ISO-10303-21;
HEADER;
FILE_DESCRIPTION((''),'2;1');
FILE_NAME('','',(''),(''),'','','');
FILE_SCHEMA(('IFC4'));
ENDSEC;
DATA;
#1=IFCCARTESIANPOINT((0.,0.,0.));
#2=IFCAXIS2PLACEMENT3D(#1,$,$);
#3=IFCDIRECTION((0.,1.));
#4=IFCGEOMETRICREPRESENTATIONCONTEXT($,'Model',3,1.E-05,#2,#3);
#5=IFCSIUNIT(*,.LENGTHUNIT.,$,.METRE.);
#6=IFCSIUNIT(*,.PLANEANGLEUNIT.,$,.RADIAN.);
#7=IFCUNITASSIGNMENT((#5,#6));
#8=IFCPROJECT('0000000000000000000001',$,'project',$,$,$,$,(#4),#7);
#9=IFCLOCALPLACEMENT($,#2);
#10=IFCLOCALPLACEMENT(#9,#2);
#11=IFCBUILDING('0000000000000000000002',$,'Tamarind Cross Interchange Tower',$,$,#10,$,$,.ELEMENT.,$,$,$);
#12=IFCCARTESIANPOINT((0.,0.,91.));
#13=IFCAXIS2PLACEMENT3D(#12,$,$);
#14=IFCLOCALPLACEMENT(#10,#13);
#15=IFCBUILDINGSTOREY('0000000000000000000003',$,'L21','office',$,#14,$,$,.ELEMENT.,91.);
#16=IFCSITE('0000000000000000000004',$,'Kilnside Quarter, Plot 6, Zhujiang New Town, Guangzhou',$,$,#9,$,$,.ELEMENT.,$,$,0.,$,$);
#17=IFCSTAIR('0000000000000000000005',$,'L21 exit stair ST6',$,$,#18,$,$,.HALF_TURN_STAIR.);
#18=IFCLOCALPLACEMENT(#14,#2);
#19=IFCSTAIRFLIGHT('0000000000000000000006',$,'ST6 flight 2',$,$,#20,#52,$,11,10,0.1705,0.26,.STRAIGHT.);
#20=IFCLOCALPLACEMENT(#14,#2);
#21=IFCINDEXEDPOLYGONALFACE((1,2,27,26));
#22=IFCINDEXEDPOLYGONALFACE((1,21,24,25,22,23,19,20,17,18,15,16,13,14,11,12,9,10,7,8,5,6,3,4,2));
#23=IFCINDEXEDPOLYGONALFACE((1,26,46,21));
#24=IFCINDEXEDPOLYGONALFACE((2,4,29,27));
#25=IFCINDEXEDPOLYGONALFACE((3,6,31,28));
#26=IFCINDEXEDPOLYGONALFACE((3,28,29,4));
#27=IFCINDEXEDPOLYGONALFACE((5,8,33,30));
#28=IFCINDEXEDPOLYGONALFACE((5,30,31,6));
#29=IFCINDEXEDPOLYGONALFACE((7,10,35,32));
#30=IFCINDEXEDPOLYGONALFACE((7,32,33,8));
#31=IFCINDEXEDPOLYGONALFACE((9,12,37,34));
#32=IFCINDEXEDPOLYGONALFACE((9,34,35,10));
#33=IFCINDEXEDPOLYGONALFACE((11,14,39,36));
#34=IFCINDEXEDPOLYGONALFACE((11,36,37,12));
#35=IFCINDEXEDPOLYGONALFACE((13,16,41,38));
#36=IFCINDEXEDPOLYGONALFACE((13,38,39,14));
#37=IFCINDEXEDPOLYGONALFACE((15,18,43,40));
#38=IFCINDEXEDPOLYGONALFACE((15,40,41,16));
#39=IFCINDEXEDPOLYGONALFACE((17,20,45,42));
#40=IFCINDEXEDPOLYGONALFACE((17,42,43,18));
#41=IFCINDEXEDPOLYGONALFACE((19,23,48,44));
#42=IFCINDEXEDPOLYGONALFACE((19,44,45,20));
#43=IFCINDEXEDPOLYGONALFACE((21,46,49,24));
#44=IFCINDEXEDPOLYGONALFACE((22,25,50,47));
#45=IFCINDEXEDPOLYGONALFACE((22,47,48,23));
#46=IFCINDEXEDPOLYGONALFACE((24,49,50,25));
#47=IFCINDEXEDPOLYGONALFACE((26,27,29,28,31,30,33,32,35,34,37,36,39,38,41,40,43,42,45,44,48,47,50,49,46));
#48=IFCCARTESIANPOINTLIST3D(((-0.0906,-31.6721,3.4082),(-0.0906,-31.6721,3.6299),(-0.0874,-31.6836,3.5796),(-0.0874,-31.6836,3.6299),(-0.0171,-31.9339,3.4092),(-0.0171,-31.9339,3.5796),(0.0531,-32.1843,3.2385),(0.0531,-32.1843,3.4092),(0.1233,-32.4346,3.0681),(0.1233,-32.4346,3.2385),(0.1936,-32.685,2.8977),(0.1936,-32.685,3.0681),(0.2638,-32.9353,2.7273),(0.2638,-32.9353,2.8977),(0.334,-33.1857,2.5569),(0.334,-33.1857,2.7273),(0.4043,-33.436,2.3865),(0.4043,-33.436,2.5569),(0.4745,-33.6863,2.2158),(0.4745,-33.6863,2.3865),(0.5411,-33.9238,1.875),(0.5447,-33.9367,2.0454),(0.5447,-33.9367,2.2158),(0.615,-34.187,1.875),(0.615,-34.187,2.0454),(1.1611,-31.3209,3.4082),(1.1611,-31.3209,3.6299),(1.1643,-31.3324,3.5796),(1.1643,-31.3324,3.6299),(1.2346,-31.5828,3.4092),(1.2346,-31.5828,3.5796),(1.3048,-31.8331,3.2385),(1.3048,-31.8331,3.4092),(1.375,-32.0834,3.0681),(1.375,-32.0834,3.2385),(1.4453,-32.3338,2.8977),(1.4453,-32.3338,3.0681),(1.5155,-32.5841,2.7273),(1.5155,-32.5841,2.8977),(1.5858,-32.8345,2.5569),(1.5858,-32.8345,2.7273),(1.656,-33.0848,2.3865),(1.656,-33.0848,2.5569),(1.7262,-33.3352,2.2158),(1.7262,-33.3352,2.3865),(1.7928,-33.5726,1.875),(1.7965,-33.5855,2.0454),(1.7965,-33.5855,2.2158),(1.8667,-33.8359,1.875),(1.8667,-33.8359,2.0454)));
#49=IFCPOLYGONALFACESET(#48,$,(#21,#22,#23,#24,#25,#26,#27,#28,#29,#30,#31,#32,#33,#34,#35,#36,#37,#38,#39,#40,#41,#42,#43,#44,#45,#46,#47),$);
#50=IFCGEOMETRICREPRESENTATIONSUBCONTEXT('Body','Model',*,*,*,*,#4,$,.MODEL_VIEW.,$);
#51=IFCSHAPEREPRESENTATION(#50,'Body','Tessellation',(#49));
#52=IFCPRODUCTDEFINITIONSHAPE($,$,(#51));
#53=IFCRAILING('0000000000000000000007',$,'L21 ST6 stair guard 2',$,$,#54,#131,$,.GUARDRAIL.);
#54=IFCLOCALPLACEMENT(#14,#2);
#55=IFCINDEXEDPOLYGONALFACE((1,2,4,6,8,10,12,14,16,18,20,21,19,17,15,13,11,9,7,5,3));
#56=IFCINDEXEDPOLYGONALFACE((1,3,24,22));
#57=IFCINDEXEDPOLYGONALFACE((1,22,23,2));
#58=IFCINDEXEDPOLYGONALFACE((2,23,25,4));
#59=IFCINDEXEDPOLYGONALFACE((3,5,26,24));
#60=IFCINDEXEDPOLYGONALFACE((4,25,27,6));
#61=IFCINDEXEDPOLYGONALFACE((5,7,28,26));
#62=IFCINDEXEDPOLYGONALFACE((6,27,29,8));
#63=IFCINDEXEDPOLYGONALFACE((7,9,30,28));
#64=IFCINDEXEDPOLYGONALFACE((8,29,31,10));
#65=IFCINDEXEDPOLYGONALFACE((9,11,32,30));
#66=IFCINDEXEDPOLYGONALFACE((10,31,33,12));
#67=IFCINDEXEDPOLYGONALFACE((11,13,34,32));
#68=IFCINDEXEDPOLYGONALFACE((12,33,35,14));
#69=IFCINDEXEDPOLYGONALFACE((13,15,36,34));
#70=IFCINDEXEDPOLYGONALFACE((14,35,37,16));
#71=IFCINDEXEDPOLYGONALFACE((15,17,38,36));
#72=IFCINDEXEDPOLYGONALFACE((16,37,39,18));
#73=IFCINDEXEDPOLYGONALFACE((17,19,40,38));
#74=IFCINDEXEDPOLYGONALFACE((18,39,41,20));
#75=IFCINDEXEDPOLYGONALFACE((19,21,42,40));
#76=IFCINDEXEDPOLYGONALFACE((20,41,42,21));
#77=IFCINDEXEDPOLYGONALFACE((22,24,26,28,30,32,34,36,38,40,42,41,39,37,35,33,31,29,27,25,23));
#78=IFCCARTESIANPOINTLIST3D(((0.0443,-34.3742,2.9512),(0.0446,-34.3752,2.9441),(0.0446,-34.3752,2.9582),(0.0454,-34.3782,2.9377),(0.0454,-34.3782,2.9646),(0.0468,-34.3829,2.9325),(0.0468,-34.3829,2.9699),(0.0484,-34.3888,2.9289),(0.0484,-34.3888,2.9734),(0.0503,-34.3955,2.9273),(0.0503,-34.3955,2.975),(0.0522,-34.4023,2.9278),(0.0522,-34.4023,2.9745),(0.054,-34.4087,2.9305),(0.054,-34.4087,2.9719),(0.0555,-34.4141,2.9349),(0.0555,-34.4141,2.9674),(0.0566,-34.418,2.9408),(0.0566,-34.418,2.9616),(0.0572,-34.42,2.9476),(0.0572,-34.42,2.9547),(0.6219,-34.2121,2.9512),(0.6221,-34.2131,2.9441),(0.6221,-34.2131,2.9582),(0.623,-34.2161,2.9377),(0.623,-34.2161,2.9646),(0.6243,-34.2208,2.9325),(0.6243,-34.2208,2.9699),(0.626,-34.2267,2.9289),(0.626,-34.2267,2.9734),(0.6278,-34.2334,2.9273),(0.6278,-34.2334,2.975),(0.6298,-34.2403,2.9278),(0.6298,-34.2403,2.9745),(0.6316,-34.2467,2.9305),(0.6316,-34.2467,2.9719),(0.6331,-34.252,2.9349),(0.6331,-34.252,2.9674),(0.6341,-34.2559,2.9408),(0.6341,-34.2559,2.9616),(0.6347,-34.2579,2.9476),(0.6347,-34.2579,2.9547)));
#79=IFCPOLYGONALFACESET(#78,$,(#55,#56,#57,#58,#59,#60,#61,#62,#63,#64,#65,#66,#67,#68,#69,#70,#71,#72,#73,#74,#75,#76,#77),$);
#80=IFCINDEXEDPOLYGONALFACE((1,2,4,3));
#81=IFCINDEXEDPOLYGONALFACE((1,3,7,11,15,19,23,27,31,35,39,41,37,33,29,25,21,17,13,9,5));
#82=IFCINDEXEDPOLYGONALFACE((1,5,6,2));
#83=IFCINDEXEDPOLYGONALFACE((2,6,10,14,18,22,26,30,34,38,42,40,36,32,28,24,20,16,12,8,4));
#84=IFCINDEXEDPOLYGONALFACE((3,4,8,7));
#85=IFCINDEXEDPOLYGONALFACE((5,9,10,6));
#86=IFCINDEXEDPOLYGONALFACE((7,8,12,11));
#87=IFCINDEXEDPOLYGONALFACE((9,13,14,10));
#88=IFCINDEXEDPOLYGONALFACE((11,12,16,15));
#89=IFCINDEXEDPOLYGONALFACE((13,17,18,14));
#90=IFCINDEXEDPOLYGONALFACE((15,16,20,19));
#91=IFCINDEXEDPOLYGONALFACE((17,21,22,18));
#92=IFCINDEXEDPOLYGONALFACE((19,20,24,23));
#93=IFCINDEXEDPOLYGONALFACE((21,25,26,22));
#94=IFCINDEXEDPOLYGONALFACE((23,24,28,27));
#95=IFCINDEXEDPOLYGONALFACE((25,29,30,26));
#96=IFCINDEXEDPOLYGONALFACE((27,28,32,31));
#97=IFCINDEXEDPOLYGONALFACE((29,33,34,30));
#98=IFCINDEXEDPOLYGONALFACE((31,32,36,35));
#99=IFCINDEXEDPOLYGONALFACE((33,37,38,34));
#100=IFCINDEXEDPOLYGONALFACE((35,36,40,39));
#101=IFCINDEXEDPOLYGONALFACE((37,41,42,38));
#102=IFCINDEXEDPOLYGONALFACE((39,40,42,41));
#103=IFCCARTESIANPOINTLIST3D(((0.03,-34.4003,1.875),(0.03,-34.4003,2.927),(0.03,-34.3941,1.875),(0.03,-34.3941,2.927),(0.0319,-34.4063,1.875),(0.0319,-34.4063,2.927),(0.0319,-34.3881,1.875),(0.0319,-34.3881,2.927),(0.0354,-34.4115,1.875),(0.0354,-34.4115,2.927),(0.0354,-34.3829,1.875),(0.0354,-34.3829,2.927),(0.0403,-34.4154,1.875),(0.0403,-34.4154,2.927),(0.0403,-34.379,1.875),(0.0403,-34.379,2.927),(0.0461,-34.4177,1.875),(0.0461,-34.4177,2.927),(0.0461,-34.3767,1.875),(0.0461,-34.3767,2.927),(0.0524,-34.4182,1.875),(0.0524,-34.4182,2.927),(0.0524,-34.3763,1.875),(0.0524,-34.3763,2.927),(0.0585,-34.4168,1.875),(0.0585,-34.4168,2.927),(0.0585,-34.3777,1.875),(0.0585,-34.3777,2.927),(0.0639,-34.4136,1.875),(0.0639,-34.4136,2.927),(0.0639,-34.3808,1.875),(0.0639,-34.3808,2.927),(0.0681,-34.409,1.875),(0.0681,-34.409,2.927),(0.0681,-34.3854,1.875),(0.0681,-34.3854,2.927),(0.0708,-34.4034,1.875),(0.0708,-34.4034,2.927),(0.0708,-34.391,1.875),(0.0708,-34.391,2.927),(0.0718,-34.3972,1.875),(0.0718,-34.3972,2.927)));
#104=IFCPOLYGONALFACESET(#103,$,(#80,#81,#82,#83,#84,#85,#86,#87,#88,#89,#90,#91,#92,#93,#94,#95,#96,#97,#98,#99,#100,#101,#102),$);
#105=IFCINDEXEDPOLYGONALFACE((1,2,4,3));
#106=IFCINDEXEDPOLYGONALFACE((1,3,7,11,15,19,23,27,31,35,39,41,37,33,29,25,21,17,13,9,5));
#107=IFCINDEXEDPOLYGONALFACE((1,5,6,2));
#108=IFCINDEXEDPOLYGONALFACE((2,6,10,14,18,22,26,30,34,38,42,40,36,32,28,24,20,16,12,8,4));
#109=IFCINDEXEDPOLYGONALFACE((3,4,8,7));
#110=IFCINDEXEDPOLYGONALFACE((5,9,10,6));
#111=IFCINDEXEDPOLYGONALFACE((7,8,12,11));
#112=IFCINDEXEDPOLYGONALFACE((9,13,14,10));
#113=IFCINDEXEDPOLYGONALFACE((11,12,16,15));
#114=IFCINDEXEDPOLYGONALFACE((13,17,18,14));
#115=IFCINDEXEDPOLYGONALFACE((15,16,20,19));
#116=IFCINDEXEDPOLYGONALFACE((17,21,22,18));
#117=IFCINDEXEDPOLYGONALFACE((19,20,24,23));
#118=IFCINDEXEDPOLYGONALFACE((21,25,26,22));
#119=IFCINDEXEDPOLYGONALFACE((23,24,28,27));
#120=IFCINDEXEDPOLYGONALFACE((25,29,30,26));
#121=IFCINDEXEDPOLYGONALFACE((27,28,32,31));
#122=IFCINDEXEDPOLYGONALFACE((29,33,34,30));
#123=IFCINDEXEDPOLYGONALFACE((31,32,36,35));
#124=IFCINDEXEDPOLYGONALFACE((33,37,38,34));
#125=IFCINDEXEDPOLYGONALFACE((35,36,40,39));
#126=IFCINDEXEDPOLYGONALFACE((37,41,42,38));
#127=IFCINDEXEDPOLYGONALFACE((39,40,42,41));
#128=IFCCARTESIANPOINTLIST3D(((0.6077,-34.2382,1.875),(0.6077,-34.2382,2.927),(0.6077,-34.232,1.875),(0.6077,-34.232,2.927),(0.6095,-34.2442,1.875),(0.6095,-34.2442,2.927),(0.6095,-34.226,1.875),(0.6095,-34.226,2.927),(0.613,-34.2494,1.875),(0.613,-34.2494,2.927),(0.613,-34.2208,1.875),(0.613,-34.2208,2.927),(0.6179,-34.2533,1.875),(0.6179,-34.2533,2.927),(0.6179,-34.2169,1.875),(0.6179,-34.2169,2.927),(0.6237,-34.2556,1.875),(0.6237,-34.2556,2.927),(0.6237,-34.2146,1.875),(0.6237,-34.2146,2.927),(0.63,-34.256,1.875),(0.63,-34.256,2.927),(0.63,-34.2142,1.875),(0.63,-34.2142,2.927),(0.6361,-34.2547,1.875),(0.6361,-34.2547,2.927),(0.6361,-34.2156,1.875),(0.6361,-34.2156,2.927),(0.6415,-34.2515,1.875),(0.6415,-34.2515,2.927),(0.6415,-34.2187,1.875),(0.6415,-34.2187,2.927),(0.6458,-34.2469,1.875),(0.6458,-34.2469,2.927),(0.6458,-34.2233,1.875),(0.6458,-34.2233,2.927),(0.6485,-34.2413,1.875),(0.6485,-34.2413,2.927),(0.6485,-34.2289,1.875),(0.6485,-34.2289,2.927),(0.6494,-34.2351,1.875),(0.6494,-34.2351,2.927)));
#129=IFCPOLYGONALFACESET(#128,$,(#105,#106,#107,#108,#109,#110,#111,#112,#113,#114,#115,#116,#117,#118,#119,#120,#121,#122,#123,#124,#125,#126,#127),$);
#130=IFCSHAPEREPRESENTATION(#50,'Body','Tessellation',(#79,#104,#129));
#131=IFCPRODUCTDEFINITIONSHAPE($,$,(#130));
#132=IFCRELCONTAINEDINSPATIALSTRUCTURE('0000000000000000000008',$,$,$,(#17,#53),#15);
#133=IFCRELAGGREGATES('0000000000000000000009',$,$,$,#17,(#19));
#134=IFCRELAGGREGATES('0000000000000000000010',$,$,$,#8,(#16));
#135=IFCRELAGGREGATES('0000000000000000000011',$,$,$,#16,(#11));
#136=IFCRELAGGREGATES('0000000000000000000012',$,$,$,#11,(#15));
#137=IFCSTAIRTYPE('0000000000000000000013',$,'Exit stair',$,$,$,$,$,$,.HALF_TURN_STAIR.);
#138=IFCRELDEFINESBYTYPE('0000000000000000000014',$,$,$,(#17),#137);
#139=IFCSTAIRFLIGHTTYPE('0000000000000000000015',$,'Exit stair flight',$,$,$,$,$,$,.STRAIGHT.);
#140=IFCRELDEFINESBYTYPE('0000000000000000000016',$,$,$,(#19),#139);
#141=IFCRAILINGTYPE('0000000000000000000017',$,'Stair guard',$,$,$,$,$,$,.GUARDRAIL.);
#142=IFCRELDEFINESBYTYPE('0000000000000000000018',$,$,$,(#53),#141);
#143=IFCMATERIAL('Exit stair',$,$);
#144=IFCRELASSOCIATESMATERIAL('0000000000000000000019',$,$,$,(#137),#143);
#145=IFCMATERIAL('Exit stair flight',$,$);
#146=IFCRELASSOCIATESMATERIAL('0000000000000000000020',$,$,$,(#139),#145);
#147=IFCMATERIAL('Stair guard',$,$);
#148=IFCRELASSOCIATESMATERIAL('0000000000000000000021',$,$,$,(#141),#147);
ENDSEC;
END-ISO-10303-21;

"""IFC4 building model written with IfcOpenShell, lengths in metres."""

from ifc_helpers import new_model, si_unit, direction, frame, origin, origin_2d, place, context, subcontext, project, spatial, polyline, circle, outline, extrude, material, type_object, element, aggregate, save


model = new_model("IFC4")

# Units and contexts
model_context = context("Model", 3, precision=1e-05, world=origin(), true_north=direction((0.0, 1.0)))
body_context = subcontext(model_context, "Body", "Model", "MODEL_VIEW")
ifc_project = project(units=[si_unit("LENGTHUNIT", "METRE"), si_unit("PLANEANGLEUNIT", "RADIAN")], contexts=[model_context])

# Site, building, storey
site_placement = place(None, origin())
site = spatial("IfcSite", under=ifc_project, at=site_placement, Name="Kilnside Quarter, Plot 6, Zhujiang New Town, Guangzhou", CompositionType="ELEMENT", RefElevation=0.0)
building_placement = place(site_placement, origin())
building = spatial("IfcBuilding", under=site, at=building_placement, Name="Tamarind Cross Interchange Tower", CompositionType="ELEMENT")
storey_placement = place(building_placement, frame((0.0, 0.0, 91.0)))
storey = spatial("IfcBuildingStorey", under=building, at=storey_placement, Name="L21", Description="office", CompositionType="ELEMENT", Elevation=91.0)

# Stair, stair flight
ifc_material_1 = material(Name="Exit stair")
stair_type = type_object("IfcStairType", Name="Exit stair", PredefinedType="HALF_TURN_STAIR", material=ifc_material_1)
stair_placement = place(storey_placement, origin())
stair = element("IfcStair", 1, at=stair_placement, inside=storey, type_object=stair_type, Name="L21 exit stair ST6", PredefinedType="HALF_TURN_STAIR")
ifc_material_2 = material(Name="Exit stair flight")
stair_flight_type = type_object("IfcStairFlightType", Name="Exit stair flight", PredefinedType="STRAIGHT", material=ifc_material_2)
stair_flight_placement = place(storey_placement, frame((1.2407, -34.0115, 1.875), z_axis=(0.0, 0.0, 1.0), x_axis=(-0.27013, 0.962824, 0.0)))
stair_flight = element("IfcStairFlight", 2, at=stair_flight_placement, type_object=stair_flight_type, Name="ST6 flight 2", NumberOfRisers=11, NumberOfTreads=10, PredefinedType="STRAIGHT", RiserHeight=0.1705, TreadLength=0.26, context=body_context, shape_type="SweptSolid", body=[
    extrude(outline(polyline([(0.0, 0.0), (0.0, 0.1704), (0.26, 0.1704), (0.26, 0.3408), (0.52, 0.3408), (0.52, 0.5115), (0.78, 0.5115), (0.78, 0.6819), (1.04, 0.6819), (1.04, 0.8523), (1.3, 0.8523), (1.3, 1.0227), (1.5601, 1.0227), (1.5601, 1.1931), (1.8201, 1.1931), (1.8201, 1.3635), (2.0801, 1.3635), (2.0801, 1.5342), (2.3401, 1.5342), (2.3401, 1.7046), (2.6001, 1.7046), (2.6001, 1.7549), (2.6121, 1.7549), (2.6121, 1.5332), (0.2734, 0.0), (0.0, 0.0)])), frame((0.0, 0.6499, 0.0), z_axis=(0.0, -1.0, 0.0), x_axis=(1.0, 0.0, 0.0)), (0.0, 0.0, 1.0), 1.3),
])
aggregate(stair, [stair_flight])

# Railing
ifc_material_3 = material(Name="Stair guard")
railing_type_1 = type_object("IfcRailingType", Name="Stair guard", PredefinedType="GUARDRAIL", material=ifc_material_3)
railing_1_placement = place(storey_placement, frame((0.0508, -34.3972, 1.875)))
element("IfcRailing", 3, at=railing_1_placement, inside=storey, type_object=railing_type_1, Name="L21 ST6 stair guard 2", PredefinedType="GUARDRAIL", context=body_context, shape_type="SweptSolid", body=[
    extrude(circle(Radius=0.0239, at=origin_2d()), frame((0.0, 0.0, 1.0762), z_axis=(0.962803, 0.270203, 0.0), x_axis=(-0.270203, 0.962803, 0.0)), (0.0, 0.0, 1.0), 0.5999),
    extrude(circle(Radius=0.021, at=origin_2d()), origin(), (0.0, 0.0, 1.0), 1.052),
    extrude(circle(Radius=0.021, at=origin_2d()), frame((0.5776, 0.1621, 0.0)), (0.0, 0.0, 1.0), 1.052),
])

save(model, "model.ifc")
